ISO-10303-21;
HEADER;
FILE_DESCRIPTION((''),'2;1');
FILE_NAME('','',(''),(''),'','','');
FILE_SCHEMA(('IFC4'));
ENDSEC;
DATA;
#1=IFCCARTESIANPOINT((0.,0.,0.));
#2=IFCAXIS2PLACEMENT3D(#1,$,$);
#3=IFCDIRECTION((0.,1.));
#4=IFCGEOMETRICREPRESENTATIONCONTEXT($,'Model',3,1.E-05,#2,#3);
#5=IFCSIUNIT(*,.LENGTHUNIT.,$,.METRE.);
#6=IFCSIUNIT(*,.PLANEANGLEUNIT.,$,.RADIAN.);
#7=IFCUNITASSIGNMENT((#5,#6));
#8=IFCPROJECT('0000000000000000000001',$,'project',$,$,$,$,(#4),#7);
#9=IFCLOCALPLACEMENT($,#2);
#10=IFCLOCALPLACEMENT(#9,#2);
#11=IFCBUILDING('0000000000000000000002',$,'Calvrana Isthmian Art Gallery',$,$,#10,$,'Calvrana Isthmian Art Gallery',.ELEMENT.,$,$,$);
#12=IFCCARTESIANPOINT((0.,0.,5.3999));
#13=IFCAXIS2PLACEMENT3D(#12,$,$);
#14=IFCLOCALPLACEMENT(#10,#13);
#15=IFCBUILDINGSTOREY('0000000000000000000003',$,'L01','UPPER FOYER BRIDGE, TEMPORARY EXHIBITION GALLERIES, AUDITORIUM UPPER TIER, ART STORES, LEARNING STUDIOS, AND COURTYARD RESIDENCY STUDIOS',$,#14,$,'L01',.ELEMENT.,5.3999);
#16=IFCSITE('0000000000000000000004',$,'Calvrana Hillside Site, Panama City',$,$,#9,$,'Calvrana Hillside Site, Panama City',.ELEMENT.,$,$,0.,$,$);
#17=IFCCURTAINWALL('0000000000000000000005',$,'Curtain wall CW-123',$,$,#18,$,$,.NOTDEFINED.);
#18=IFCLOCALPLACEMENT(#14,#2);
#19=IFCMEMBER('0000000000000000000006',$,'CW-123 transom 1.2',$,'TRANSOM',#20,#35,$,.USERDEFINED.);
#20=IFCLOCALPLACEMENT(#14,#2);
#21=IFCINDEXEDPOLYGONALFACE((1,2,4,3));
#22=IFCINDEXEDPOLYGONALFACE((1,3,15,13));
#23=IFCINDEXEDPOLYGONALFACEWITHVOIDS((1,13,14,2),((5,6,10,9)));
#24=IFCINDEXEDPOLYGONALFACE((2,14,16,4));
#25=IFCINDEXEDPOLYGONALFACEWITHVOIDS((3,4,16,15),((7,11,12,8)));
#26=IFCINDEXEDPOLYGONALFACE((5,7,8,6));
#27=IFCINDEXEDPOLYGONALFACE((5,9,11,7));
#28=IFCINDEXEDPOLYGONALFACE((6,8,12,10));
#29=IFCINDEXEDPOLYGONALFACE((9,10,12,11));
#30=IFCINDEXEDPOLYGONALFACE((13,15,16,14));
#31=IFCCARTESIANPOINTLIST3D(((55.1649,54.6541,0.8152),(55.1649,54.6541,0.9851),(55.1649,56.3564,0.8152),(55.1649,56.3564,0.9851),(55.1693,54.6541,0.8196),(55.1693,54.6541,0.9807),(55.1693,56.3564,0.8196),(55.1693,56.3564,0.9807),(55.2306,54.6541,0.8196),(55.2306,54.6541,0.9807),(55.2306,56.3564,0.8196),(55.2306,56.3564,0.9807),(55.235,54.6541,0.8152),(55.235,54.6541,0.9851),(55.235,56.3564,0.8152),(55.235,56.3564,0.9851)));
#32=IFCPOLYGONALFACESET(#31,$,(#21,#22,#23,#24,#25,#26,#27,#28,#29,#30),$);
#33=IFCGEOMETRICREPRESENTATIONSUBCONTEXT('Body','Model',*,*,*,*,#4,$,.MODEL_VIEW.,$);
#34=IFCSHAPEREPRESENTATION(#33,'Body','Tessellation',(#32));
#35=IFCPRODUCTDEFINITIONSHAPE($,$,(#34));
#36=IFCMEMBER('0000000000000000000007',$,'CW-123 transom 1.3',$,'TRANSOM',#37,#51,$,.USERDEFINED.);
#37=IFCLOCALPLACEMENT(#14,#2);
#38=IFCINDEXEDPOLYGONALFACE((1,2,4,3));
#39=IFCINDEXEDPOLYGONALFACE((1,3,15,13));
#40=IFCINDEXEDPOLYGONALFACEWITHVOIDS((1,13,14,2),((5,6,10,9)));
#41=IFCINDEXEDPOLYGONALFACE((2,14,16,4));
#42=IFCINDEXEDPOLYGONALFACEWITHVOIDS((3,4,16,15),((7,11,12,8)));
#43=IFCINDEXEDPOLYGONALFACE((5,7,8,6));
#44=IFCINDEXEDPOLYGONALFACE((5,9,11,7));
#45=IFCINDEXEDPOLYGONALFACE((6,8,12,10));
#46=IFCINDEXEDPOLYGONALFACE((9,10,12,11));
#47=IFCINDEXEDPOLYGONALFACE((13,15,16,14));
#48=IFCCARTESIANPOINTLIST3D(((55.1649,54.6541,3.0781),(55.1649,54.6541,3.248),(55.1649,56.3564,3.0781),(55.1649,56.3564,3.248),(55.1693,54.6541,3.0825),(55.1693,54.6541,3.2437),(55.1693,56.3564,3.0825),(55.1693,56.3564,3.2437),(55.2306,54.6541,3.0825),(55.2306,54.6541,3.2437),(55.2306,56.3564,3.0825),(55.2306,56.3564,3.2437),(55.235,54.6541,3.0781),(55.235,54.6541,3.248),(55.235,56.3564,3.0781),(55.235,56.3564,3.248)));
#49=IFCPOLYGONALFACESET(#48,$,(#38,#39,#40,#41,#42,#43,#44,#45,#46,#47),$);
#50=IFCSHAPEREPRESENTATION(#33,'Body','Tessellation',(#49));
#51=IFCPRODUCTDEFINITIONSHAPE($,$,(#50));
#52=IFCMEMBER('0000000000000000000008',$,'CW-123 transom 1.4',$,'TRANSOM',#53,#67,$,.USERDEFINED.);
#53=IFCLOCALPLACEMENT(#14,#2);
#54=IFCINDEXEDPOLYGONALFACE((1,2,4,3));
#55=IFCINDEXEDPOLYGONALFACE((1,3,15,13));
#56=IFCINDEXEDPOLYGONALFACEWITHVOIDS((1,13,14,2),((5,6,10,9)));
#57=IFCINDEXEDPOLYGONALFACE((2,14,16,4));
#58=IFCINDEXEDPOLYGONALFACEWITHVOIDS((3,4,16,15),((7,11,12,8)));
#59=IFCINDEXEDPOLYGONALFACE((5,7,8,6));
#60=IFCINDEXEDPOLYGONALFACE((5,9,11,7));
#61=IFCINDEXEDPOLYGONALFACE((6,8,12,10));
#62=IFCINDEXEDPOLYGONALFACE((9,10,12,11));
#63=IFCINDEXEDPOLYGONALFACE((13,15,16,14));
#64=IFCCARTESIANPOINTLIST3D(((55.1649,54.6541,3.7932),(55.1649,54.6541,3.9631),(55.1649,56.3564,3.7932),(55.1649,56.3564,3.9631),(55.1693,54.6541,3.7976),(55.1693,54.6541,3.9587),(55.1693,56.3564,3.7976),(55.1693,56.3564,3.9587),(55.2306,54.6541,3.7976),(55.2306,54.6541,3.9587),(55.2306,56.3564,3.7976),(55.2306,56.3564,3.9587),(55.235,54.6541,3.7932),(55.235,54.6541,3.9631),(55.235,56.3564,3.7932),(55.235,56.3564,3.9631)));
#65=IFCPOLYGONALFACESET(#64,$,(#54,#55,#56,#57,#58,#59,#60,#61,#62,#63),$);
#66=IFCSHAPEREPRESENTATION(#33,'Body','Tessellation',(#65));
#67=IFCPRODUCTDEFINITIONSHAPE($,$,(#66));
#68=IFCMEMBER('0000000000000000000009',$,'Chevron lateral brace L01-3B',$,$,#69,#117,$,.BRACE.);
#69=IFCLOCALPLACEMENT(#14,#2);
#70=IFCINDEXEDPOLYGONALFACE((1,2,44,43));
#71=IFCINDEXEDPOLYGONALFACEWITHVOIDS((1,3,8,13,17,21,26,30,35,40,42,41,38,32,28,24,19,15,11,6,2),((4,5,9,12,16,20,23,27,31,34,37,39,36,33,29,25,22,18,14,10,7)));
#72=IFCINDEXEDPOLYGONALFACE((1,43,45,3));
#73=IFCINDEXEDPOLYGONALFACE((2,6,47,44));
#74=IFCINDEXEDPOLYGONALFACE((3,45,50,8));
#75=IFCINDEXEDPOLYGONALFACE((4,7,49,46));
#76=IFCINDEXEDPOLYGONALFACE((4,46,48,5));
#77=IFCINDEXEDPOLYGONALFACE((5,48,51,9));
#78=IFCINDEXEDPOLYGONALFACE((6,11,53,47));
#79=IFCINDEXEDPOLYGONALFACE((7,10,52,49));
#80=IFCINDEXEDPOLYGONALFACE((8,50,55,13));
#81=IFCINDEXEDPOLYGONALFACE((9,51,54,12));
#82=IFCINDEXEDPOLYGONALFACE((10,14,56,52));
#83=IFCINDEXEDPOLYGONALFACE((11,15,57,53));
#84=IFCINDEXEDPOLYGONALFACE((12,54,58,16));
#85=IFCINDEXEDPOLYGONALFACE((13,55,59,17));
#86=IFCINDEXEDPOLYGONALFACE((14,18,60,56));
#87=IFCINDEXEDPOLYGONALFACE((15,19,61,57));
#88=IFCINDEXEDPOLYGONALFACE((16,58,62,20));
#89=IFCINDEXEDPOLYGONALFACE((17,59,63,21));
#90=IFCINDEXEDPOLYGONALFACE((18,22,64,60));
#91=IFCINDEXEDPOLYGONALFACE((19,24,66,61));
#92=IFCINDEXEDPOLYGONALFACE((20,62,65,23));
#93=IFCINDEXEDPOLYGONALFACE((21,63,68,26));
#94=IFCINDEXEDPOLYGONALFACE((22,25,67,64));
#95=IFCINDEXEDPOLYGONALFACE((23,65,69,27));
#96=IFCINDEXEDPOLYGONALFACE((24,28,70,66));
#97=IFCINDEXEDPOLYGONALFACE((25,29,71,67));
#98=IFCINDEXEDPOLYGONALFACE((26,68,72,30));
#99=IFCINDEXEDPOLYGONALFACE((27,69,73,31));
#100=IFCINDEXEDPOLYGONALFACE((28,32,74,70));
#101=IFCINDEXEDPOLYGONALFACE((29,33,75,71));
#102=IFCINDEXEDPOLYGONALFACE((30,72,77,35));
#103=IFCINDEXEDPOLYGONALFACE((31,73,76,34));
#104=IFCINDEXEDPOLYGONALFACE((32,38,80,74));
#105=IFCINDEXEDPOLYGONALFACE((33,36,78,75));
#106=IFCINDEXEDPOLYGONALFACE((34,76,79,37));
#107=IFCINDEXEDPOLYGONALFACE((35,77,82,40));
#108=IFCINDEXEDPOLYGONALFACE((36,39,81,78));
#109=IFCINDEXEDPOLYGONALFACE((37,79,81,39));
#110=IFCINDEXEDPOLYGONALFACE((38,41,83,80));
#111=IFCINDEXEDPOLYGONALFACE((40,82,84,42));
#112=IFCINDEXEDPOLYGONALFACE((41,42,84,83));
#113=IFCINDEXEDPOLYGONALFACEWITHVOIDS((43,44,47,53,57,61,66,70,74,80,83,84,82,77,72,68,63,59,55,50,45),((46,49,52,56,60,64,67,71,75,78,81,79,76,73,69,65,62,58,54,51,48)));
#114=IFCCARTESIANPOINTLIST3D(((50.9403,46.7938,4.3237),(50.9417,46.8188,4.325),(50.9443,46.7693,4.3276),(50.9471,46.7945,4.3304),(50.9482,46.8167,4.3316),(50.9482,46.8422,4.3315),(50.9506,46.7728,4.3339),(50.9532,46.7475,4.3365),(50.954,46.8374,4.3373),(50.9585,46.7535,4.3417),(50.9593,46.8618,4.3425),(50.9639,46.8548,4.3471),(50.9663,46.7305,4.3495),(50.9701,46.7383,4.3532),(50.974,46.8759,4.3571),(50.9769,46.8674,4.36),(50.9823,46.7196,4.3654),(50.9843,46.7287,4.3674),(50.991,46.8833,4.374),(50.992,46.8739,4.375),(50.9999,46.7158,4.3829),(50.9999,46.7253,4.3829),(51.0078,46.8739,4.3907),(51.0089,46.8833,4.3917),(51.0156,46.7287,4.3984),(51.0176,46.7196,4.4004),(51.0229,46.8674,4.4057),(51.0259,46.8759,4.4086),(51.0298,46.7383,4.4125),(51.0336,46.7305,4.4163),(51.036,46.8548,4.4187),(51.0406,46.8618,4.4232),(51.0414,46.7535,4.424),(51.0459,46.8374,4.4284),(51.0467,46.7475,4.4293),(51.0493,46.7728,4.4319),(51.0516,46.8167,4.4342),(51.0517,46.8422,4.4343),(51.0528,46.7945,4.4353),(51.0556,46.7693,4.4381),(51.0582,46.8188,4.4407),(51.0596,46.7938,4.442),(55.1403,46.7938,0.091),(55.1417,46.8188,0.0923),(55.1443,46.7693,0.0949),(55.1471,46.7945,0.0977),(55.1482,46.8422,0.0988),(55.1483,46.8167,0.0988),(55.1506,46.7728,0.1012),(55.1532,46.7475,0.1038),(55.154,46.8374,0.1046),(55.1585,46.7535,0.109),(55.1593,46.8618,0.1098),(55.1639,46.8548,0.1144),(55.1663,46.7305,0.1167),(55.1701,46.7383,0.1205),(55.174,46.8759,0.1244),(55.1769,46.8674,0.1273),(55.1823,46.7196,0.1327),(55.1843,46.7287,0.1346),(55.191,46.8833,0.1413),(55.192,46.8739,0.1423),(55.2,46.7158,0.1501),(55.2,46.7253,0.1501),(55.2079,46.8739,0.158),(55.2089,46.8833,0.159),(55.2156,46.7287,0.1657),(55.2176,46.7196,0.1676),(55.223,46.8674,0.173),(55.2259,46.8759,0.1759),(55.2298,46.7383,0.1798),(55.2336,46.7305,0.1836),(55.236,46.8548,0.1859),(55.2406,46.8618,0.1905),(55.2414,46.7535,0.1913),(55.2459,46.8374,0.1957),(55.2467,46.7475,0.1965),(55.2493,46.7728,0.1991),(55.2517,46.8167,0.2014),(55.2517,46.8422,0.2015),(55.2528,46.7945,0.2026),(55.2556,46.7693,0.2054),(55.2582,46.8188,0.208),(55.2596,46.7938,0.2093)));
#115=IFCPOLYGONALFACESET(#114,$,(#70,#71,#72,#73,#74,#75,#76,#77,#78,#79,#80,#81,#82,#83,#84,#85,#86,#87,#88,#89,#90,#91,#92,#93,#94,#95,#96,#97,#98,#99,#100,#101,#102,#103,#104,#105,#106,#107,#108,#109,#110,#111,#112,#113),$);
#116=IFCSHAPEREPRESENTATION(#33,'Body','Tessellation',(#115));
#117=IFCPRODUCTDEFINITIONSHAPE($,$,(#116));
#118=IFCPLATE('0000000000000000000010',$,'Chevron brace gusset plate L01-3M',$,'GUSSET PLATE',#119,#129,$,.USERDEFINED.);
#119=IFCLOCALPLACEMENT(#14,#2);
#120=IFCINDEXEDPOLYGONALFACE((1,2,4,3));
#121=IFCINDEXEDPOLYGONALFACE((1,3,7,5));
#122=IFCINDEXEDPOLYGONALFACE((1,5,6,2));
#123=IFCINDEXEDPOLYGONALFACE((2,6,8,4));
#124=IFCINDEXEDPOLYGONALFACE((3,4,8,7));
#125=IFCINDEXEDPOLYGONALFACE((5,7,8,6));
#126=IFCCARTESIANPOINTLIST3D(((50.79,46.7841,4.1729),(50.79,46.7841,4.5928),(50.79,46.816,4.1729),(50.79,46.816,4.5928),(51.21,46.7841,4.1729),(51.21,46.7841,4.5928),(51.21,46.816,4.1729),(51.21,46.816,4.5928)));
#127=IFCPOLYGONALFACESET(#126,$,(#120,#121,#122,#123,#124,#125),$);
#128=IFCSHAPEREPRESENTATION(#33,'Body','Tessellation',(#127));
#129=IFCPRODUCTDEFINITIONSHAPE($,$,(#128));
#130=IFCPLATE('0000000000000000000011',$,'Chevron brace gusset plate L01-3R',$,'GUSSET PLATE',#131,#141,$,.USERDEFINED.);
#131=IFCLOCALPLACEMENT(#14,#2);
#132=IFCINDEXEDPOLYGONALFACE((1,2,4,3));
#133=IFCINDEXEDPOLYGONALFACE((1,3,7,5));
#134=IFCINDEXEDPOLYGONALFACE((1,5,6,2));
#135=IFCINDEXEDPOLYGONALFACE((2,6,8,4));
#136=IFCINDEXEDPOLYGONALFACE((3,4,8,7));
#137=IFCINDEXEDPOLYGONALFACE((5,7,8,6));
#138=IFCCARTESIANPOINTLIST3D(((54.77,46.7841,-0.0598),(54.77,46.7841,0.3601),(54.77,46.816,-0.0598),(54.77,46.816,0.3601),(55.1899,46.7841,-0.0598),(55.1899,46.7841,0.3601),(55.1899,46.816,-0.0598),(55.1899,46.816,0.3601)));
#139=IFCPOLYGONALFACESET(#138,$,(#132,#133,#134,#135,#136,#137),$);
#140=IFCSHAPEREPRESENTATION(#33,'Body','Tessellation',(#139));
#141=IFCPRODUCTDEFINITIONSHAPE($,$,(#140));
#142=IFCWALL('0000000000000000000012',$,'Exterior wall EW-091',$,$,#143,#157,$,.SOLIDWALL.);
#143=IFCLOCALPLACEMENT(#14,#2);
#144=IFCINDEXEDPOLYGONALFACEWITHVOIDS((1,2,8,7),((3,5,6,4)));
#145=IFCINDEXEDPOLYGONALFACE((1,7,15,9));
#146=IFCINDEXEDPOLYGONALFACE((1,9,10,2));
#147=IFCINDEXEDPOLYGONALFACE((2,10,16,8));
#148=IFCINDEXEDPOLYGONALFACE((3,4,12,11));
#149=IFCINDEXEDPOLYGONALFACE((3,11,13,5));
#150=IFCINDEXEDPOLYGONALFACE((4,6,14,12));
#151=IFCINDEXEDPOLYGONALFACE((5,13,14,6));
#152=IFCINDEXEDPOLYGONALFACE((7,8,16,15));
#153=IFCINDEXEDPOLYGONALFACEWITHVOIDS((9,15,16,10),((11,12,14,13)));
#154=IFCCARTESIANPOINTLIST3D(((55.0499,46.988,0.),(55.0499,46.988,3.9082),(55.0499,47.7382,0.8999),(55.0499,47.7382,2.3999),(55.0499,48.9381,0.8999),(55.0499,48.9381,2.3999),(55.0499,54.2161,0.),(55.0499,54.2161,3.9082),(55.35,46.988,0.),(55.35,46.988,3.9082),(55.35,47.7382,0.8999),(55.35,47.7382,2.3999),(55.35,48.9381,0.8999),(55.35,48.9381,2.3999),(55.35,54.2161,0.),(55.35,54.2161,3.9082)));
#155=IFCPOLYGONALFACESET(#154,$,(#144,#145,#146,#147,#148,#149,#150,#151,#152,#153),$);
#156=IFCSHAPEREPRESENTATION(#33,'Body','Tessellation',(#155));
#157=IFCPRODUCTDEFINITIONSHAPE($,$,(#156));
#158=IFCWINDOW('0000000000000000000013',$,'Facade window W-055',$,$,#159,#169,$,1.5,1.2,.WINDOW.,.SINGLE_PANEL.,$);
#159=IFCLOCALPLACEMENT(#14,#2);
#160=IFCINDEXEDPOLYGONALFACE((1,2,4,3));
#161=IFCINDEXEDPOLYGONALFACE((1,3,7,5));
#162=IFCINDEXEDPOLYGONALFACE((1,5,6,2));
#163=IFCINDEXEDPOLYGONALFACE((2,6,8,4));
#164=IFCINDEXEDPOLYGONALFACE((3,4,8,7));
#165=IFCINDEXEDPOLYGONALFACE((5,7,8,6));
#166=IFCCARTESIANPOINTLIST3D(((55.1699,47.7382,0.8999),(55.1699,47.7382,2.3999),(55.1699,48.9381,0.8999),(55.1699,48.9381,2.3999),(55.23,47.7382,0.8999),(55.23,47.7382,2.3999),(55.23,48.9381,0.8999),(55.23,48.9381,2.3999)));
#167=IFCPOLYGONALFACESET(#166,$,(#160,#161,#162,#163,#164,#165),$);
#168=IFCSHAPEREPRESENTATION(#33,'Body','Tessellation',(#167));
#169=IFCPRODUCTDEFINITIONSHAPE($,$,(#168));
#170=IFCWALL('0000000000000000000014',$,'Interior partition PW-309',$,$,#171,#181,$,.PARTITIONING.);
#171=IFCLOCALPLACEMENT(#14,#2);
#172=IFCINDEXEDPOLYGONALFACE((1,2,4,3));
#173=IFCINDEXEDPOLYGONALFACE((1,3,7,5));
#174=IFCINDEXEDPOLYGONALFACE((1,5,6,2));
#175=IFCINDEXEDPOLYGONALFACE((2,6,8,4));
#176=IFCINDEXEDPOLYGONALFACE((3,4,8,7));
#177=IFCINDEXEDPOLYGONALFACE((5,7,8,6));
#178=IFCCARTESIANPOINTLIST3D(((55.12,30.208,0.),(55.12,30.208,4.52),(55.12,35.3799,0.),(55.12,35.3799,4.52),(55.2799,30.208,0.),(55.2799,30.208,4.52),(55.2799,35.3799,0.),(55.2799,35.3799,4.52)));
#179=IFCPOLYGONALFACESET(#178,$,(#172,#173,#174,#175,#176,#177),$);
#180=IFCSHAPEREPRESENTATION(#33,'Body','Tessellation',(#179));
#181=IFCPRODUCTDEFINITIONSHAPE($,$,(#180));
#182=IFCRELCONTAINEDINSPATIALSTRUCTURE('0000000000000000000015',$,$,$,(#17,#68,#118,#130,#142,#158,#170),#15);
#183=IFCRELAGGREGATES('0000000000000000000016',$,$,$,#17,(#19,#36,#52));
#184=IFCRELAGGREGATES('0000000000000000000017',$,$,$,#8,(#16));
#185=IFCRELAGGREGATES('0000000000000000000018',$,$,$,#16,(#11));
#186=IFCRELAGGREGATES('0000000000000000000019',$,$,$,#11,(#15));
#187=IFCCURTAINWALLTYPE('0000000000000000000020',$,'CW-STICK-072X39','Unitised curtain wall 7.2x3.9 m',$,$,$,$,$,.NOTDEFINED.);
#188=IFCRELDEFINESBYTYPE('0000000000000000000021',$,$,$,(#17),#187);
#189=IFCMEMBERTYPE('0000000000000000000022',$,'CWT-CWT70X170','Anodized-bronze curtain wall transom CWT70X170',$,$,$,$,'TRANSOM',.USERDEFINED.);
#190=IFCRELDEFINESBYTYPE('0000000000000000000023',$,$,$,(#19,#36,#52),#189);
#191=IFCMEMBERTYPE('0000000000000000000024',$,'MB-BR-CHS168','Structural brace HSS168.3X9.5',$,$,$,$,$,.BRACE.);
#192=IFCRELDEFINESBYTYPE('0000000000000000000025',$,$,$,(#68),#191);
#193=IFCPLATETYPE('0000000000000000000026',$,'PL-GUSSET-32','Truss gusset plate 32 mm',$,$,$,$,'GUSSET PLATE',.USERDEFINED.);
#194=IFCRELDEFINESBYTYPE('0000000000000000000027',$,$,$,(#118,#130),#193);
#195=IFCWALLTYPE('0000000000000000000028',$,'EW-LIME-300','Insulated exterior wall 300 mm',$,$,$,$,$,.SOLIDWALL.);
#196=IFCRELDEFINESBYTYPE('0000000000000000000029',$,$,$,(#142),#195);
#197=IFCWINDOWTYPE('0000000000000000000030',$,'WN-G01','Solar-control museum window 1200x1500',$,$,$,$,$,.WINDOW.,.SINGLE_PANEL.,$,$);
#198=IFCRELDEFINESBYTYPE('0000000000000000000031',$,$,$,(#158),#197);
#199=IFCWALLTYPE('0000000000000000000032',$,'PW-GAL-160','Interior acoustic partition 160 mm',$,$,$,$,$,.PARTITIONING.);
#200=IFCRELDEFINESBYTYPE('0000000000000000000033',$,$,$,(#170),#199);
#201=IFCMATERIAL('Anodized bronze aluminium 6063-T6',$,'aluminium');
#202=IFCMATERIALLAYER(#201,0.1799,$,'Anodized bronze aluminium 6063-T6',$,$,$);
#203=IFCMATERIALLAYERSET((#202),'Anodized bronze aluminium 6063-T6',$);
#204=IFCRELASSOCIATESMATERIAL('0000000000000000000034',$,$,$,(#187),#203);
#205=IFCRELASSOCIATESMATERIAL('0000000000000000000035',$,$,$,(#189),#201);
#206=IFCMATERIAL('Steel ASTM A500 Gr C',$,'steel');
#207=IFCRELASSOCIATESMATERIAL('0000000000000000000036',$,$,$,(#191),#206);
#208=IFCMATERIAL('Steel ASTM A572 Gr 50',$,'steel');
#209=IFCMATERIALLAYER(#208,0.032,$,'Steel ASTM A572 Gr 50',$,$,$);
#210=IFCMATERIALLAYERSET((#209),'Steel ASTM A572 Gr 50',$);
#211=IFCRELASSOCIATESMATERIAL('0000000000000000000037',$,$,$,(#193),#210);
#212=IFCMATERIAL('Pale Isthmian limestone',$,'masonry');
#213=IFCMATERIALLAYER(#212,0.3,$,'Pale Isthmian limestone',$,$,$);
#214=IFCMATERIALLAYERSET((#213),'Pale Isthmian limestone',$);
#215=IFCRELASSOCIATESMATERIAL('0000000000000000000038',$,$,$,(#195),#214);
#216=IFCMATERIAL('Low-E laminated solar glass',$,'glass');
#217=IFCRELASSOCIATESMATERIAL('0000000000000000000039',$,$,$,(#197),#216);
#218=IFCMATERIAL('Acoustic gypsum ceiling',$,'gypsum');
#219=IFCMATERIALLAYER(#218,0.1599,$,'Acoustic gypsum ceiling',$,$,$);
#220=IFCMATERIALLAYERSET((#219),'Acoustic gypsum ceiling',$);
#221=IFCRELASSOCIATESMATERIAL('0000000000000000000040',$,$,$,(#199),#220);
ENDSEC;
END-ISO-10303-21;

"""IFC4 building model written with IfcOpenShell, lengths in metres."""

from ifc_helpers import new_model, si_unit, direction, frame, frame_2d, origin, origin_2d, place, context, subcontext, project, spatial, rectangle, hollow_rectangle, hollow_circle, extrude, material, layer, layer_set, material_profile, profile_set, type_object, element, fill, aggregate, save


model = new_model("IFC4")

# Units and contexts
model_context = context("Model", 3, precision=1e-05, world=origin(), true_north=direction((0.0, 1.0)))
body_context = subcontext(model_context, "Body", "Model", "MODEL_VIEW")
ifc_project = project(units=[si_unit("LENGTHUNIT", "METRE"), si_unit("PLANEANGLEUNIT", "RADIAN")], contexts=[model_context])

# Site, building, storey
site_placement = place(None, origin())
site = spatial("IfcSite", under=ifc_project, at=site_placement, Name="Calvrana Hillside Site, Panama City", LongName="Calvrana Hillside Site, Panama City", CompositionType="ELEMENT", RefElevation=0.0)
building_placement = place(site_placement, origin())
building = spatial("IfcBuilding", under=site, at=building_placement, Name="Calvrana Isthmian Art Gallery", LongName="Calvrana Isthmian Art Gallery", CompositionType="ELEMENT")
storey_placement = place(building_placement, frame((0.0, 0.0, 5.3999)))
storey = spatial("IfcBuildingStorey", under=building, at=storey_placement, Name="L01", Description="UPPER FOYER BRIDGE, TEMPORARY EXHIBITION GALLERIES, AUDITORIUM UPPER TIER, ART STORES, LEARNING STUDIOS, AND COURTYARD RESIDENCY STUDIOS", LongName="L01", CompositionType="ELEMENT", Elevation=5.3999)

# Curtain wall, members
ifc_material_1 = material(Name="Anodized bronze aluminium 6063-T6", Category="aluminium")
ifc_layer_1 = layer(ifc_material_1, 0.1799, Name="Anodized bronze aluminium 6063-T6")
ifc_layer_set_1 = layer_set([ifc_layer_1], Name="Anodized bronze aluminium 6063-T6")
curtain_wall_type = type_object("IfcCurtainWallType", Name="CW-STICK-072X39", Description="Unitised curtain wall 7.2x3.9 m", PredefinedType="NOTDEFINED", material=ifc_layer_set_1)
curtain_wall_placement = place(storey_placement, origin())
curtain_wall = element("IfcCurtainWall", 1, at=curtain_wall_placement, inside=storey, type_object=curtain_wall_type, Name="Curtain wall CW-123", PredefinedType="NOTDEFINED")
ifc_material_profile_1 = material_profile(ifc_material_1, hollow_rectangle(XDim=0.0701, YDim=0.1699, WallThickness=0.0044, at=origin_2d()), Name="CWT70X170")
ifc_profile_set_1 = profile_set([ifc_material_profile_1], Name="Anodized bronze aluminium 6063-T6")
member_type_1 = type_object("IfcMemberType", Name="CWT-CWT70X170", Description="Anodized-bronze curtain wall transom CWT70X170", ElementType="TRANSOM", PredefinedType="USERDEFINED", material=ifc_profile_set_1)
member_1_placement = place(storey_placement, frame((55.2, 54.6541, 0.9001), z_axis=(0.0, 1.0, 0.0), x_axis=(-1.0, 0.0, 0.0)))
member_1 = element("IfcMember", 2, at=member_1_placement, type_object=member_type_1, Name="CW-123 transom 1.2", ObjectType="TRANSOM", PredefinedType="USERDEFINED", context=body_context, shape_type="SweptSolid", body=[
    extrude(hollow_rectangle(XDim=0.0701, YDim=0.1699, WallThickness=0.0044, at=origin_2d()), origin(), (0.0, 0.0, 1.0), 1.7024),
])
member_2_placement = place(storey_placement, frame((55.2, 54.6541, 3.1631), z_axis=(0.0, 1.0, 0.0), x_axis=(-1.0, 0.0, 0.0)))
member_2 = element("IfcMember", 3, at=member_2_placement, type_object=member_type_1, Name="CW-123 transom 1.3", ObjectType="TRANSOM", PredefinedType="USERDEFINED", context=body_context, shape_type="SweptSolid", body=[
    extrude(hollow_rectangle(XDim=0.0701, YDim=0.1699, WallThickness=0.0044, at=origin_2d()), origin(), (0.0, 0.0, 1.0), 1.7024),
])
member_3_placement = place(storey_placement, frame((55.2, 54.6541, 3.8782), z_axis=(0.0, 1.0, 0.0), x_axis=(-1.0, 0.0, 0.0)))
member_3 = element("IfcMember", 4, at=member_3_placement, type_object=member_type_1, Name="CW-123 transom 1.4", ObjectType="TRANSOM", PredefinedType="USERDEFINED", context=body_context, shape_type="SweptSolid", body=[
    extrude(hollow_rectangle(XDim=0.0701, YDim=0.1699, WallThickness=0.0044, at=origin_2d()), origin(), (0.0, 0.0, 1.0), 1.7024),
])
aggregate(curtain_wall, [member_1, member_2, member_3])

# Member
ifc_material_2 = material(Name="Steel ASTM A500 Gr C", Category="steel")
ifc_material_profile_2 = material_profile(ifc_material_2, hollow_circle(Radius=0.0842, WallThickness=0.0095, at=origin_2d()), Name="HSS168.3X9.5")
ifc_profile_set_2 = profile_set([ifc_material_profile_2], Name="Steel ASTM A500 Gr C")
member_type_2 = type_object("IfcMemberType", Name="MB-BR-CHS168", Description="Structural brace HSS168.3X9.5", PredefinedType="BRACE", material=ifc_profile_set_2)
member_4_placement = place(storey_placement, frame((55.2, 46.8, 0.1501), z_axis=(-0.704358, 0.0, 0.709845), x_axis=(0.0, -1.0, 0.0)))
element("IfcMember", 5, at=member_4_placement, inside=storey, type_object=member_type_2, Name="Chevron lateral brace L01-3B", PredefinedType="BRACE", context=body_context, shape_type="SweptSolid", body=[
    extrude(hollow_circle(Radius=0.0842, WallThickness=0.0095, at=origin_2d()), origin(), (0.0, 0.0, 1.0), 5.9629),
])

# Plates
ifc_material_3 = material(Name="Steel ASTM A572 Gr 50", Category="steel")
ifc_layer_2 = layer(ifc_material_3, 0.032, Name="Steel ASTM A572 Gr 50")
ifc_layer_set_2 = layer_set([ifc_layer_2], Name="Steel ASTM A572 Gr 50")
plate_type = type_object("IfcPlateType", Name="PL-GUSSET-32", Description="Truss gusset plate 32 mm", ElementType="GUSSET PLATE", PredefinedType="USERDEFINED", material=ifc_layer_set_2)
for number, where, z_axis, x_axis, name in (
    (6, (51.0, 46.8, 4.1729), (0.0, 0.0, 1.0), (1.0, 0.0, 0.0), "Chevron brace gusset plate L01-3M"),
    (7, (54.98, 46.8, -0.0598), (0.0, 0.0, 1.0), (1.0, 0.0, 0.0), "Chevron brace gusset plate L01-3R"),
):
    element("IfcPlate", number, at=place(storey_placement, frame(where, z_axis=z_axis, x_axis=x_axis)), inside=storey, type_object=plate_type, Name=name, ObjectType="GUSSET PLATE", PredefinedType="USERDEFINED", context=body_context, shape_type="SweptSolid", body=[
        extrude(rectangle(XDim=0.4199, YDim=0.032, at=origin_2d()), origin(), (0.0, 0.0, 1.0), 0.4199),
    ])

# Wall, opening, window
ifc_material_4 = material(Name="Pale Isthmian limestone", Category="masonry")
ifc_layer_3 = layer(ifc_material_4, 0.3, Name="Pale Isthmian limestone")
ifc_layer_set_3 = layer_set([ifc_layer_3], Name="Pale Isthmian limestone")
wall_type_1 = type_object("IfcWallType", Name="EW-LIME-300", Description="Insulated exterior wall 300 mm", PredefinedType="SOLIDWALL", material=ifc_layer_set_3)
wall_1_placement = place(storey_placement, frame((55.2, 46.988, 0.0), z_axis=(0.0, 0.0, 1.0), x_axis=(0.0, 1.0, 0.0)))
wall_1 = element("IfcWall", 8, at=wall_1_placement, inside=storey, type_object=wall_type_1, Name="Exterior wall EW-091", PredefinedType="SOLIDWALL", context=body_context, shape_type="SweptSolid", body=[
    extrude(rectangle(XDim=7.228, YDim=0.3, at=frame_2d((3.614, 0.0))), origin(), (0.0, 0.0, 1.0), 3.9082),
])
opening_1_placement = place(wall_1_placement, frame((0.75, 0.0, 0.8999)))
opening_1 = element("IfcOpeningElement", 9, at=opening_1_placement, cuts=wall_1, PredefinedType="OPENING", context=body_context, shape_type="SweptSolid", body=[
    extrude(rectangle(XDim=1.2, YDim=1.5, at=frame_2d((0.6001, 0.75))), frame((0.0, 0.1602, 0.0), z_axis=(0.0, -1.0, 0.0), x_axis=(1.0, 0.0, 0.0)), (0.0, 0.0, 1.0), 0.3206),
])
ifc_material_5 = material(Name="Low-E laminated solar glass", Category="glass")
window_type = type_object("IfcWindowType", Name="WN-G01", Description="Solar-control museum window 1200x1500", PartitioningType="SINGLE_PANEL", PredefinedType="WINDOW", material=ifc_material_5)
window_placement = place(opening_1_placement, origin())
window = element("IfcWindow", 10, at=window_placement, inside=storey, type_object=window_type, Name="Facade window W-055", OverallHeight=1.5, OverallWidth=1.2, PartitioningType="SINGLE_PANEL", PredefinedType="WINDOW", context=body_context, shape_type="SweptSolid", body=[
    extrude(rectangle(XDim=1.2, YDim=1.5, at=frame_2d((0.6001, 0.75))), frame((0.0, 0.03, 0.0), z_axis=(0.0, -1.0, 0.0), x_axis=(1.0, 0.0, 0.0)), (0.0, 0.0, 1.0), 0.0601),
])
fill(opening_1, window)

# Wall
ifc_material_6 = material(Name="Acoustic gypsum ceiling", Category="gypsum")
ifc_layer_4 = layer(ifc_material_6, 0.1599, Name="Acoustic gypsum ceiling")
ifc_layer_set_4 = layer_set([ifc_layer_4], Name="Acoustic gypsum ceiling")
wall_type_2 = type_object("IfcWallType", Name="PW-GAL-160", Description="Interior acoustic partition 160 mm", PredefinedType="PARTITIONING", material=ifc_layer_set_4)
wall_2_placement = place(storey_placement, frame((55.2, 30.208, 0.0), z_axis=(0.0, 0.0, 1.0), x_axis=(0.0, 1.0, 0.0)))
element("IfcWall", 11, at=wall_2_placement, inside=storey, type_object=wall_type_2, Name="Interior partition PW-309", PredefinedType="PARTITIONING", context=body_context, shape_type="SweptSolid", body=[
    extrude(rectangle(XDim=5.1719, YDim=0.1599, at=frame_2d((2.5859, 0.0))), origin(), (0.0, 0.0, 1.0), 4.52),
])

save(model, "model.ifc")
